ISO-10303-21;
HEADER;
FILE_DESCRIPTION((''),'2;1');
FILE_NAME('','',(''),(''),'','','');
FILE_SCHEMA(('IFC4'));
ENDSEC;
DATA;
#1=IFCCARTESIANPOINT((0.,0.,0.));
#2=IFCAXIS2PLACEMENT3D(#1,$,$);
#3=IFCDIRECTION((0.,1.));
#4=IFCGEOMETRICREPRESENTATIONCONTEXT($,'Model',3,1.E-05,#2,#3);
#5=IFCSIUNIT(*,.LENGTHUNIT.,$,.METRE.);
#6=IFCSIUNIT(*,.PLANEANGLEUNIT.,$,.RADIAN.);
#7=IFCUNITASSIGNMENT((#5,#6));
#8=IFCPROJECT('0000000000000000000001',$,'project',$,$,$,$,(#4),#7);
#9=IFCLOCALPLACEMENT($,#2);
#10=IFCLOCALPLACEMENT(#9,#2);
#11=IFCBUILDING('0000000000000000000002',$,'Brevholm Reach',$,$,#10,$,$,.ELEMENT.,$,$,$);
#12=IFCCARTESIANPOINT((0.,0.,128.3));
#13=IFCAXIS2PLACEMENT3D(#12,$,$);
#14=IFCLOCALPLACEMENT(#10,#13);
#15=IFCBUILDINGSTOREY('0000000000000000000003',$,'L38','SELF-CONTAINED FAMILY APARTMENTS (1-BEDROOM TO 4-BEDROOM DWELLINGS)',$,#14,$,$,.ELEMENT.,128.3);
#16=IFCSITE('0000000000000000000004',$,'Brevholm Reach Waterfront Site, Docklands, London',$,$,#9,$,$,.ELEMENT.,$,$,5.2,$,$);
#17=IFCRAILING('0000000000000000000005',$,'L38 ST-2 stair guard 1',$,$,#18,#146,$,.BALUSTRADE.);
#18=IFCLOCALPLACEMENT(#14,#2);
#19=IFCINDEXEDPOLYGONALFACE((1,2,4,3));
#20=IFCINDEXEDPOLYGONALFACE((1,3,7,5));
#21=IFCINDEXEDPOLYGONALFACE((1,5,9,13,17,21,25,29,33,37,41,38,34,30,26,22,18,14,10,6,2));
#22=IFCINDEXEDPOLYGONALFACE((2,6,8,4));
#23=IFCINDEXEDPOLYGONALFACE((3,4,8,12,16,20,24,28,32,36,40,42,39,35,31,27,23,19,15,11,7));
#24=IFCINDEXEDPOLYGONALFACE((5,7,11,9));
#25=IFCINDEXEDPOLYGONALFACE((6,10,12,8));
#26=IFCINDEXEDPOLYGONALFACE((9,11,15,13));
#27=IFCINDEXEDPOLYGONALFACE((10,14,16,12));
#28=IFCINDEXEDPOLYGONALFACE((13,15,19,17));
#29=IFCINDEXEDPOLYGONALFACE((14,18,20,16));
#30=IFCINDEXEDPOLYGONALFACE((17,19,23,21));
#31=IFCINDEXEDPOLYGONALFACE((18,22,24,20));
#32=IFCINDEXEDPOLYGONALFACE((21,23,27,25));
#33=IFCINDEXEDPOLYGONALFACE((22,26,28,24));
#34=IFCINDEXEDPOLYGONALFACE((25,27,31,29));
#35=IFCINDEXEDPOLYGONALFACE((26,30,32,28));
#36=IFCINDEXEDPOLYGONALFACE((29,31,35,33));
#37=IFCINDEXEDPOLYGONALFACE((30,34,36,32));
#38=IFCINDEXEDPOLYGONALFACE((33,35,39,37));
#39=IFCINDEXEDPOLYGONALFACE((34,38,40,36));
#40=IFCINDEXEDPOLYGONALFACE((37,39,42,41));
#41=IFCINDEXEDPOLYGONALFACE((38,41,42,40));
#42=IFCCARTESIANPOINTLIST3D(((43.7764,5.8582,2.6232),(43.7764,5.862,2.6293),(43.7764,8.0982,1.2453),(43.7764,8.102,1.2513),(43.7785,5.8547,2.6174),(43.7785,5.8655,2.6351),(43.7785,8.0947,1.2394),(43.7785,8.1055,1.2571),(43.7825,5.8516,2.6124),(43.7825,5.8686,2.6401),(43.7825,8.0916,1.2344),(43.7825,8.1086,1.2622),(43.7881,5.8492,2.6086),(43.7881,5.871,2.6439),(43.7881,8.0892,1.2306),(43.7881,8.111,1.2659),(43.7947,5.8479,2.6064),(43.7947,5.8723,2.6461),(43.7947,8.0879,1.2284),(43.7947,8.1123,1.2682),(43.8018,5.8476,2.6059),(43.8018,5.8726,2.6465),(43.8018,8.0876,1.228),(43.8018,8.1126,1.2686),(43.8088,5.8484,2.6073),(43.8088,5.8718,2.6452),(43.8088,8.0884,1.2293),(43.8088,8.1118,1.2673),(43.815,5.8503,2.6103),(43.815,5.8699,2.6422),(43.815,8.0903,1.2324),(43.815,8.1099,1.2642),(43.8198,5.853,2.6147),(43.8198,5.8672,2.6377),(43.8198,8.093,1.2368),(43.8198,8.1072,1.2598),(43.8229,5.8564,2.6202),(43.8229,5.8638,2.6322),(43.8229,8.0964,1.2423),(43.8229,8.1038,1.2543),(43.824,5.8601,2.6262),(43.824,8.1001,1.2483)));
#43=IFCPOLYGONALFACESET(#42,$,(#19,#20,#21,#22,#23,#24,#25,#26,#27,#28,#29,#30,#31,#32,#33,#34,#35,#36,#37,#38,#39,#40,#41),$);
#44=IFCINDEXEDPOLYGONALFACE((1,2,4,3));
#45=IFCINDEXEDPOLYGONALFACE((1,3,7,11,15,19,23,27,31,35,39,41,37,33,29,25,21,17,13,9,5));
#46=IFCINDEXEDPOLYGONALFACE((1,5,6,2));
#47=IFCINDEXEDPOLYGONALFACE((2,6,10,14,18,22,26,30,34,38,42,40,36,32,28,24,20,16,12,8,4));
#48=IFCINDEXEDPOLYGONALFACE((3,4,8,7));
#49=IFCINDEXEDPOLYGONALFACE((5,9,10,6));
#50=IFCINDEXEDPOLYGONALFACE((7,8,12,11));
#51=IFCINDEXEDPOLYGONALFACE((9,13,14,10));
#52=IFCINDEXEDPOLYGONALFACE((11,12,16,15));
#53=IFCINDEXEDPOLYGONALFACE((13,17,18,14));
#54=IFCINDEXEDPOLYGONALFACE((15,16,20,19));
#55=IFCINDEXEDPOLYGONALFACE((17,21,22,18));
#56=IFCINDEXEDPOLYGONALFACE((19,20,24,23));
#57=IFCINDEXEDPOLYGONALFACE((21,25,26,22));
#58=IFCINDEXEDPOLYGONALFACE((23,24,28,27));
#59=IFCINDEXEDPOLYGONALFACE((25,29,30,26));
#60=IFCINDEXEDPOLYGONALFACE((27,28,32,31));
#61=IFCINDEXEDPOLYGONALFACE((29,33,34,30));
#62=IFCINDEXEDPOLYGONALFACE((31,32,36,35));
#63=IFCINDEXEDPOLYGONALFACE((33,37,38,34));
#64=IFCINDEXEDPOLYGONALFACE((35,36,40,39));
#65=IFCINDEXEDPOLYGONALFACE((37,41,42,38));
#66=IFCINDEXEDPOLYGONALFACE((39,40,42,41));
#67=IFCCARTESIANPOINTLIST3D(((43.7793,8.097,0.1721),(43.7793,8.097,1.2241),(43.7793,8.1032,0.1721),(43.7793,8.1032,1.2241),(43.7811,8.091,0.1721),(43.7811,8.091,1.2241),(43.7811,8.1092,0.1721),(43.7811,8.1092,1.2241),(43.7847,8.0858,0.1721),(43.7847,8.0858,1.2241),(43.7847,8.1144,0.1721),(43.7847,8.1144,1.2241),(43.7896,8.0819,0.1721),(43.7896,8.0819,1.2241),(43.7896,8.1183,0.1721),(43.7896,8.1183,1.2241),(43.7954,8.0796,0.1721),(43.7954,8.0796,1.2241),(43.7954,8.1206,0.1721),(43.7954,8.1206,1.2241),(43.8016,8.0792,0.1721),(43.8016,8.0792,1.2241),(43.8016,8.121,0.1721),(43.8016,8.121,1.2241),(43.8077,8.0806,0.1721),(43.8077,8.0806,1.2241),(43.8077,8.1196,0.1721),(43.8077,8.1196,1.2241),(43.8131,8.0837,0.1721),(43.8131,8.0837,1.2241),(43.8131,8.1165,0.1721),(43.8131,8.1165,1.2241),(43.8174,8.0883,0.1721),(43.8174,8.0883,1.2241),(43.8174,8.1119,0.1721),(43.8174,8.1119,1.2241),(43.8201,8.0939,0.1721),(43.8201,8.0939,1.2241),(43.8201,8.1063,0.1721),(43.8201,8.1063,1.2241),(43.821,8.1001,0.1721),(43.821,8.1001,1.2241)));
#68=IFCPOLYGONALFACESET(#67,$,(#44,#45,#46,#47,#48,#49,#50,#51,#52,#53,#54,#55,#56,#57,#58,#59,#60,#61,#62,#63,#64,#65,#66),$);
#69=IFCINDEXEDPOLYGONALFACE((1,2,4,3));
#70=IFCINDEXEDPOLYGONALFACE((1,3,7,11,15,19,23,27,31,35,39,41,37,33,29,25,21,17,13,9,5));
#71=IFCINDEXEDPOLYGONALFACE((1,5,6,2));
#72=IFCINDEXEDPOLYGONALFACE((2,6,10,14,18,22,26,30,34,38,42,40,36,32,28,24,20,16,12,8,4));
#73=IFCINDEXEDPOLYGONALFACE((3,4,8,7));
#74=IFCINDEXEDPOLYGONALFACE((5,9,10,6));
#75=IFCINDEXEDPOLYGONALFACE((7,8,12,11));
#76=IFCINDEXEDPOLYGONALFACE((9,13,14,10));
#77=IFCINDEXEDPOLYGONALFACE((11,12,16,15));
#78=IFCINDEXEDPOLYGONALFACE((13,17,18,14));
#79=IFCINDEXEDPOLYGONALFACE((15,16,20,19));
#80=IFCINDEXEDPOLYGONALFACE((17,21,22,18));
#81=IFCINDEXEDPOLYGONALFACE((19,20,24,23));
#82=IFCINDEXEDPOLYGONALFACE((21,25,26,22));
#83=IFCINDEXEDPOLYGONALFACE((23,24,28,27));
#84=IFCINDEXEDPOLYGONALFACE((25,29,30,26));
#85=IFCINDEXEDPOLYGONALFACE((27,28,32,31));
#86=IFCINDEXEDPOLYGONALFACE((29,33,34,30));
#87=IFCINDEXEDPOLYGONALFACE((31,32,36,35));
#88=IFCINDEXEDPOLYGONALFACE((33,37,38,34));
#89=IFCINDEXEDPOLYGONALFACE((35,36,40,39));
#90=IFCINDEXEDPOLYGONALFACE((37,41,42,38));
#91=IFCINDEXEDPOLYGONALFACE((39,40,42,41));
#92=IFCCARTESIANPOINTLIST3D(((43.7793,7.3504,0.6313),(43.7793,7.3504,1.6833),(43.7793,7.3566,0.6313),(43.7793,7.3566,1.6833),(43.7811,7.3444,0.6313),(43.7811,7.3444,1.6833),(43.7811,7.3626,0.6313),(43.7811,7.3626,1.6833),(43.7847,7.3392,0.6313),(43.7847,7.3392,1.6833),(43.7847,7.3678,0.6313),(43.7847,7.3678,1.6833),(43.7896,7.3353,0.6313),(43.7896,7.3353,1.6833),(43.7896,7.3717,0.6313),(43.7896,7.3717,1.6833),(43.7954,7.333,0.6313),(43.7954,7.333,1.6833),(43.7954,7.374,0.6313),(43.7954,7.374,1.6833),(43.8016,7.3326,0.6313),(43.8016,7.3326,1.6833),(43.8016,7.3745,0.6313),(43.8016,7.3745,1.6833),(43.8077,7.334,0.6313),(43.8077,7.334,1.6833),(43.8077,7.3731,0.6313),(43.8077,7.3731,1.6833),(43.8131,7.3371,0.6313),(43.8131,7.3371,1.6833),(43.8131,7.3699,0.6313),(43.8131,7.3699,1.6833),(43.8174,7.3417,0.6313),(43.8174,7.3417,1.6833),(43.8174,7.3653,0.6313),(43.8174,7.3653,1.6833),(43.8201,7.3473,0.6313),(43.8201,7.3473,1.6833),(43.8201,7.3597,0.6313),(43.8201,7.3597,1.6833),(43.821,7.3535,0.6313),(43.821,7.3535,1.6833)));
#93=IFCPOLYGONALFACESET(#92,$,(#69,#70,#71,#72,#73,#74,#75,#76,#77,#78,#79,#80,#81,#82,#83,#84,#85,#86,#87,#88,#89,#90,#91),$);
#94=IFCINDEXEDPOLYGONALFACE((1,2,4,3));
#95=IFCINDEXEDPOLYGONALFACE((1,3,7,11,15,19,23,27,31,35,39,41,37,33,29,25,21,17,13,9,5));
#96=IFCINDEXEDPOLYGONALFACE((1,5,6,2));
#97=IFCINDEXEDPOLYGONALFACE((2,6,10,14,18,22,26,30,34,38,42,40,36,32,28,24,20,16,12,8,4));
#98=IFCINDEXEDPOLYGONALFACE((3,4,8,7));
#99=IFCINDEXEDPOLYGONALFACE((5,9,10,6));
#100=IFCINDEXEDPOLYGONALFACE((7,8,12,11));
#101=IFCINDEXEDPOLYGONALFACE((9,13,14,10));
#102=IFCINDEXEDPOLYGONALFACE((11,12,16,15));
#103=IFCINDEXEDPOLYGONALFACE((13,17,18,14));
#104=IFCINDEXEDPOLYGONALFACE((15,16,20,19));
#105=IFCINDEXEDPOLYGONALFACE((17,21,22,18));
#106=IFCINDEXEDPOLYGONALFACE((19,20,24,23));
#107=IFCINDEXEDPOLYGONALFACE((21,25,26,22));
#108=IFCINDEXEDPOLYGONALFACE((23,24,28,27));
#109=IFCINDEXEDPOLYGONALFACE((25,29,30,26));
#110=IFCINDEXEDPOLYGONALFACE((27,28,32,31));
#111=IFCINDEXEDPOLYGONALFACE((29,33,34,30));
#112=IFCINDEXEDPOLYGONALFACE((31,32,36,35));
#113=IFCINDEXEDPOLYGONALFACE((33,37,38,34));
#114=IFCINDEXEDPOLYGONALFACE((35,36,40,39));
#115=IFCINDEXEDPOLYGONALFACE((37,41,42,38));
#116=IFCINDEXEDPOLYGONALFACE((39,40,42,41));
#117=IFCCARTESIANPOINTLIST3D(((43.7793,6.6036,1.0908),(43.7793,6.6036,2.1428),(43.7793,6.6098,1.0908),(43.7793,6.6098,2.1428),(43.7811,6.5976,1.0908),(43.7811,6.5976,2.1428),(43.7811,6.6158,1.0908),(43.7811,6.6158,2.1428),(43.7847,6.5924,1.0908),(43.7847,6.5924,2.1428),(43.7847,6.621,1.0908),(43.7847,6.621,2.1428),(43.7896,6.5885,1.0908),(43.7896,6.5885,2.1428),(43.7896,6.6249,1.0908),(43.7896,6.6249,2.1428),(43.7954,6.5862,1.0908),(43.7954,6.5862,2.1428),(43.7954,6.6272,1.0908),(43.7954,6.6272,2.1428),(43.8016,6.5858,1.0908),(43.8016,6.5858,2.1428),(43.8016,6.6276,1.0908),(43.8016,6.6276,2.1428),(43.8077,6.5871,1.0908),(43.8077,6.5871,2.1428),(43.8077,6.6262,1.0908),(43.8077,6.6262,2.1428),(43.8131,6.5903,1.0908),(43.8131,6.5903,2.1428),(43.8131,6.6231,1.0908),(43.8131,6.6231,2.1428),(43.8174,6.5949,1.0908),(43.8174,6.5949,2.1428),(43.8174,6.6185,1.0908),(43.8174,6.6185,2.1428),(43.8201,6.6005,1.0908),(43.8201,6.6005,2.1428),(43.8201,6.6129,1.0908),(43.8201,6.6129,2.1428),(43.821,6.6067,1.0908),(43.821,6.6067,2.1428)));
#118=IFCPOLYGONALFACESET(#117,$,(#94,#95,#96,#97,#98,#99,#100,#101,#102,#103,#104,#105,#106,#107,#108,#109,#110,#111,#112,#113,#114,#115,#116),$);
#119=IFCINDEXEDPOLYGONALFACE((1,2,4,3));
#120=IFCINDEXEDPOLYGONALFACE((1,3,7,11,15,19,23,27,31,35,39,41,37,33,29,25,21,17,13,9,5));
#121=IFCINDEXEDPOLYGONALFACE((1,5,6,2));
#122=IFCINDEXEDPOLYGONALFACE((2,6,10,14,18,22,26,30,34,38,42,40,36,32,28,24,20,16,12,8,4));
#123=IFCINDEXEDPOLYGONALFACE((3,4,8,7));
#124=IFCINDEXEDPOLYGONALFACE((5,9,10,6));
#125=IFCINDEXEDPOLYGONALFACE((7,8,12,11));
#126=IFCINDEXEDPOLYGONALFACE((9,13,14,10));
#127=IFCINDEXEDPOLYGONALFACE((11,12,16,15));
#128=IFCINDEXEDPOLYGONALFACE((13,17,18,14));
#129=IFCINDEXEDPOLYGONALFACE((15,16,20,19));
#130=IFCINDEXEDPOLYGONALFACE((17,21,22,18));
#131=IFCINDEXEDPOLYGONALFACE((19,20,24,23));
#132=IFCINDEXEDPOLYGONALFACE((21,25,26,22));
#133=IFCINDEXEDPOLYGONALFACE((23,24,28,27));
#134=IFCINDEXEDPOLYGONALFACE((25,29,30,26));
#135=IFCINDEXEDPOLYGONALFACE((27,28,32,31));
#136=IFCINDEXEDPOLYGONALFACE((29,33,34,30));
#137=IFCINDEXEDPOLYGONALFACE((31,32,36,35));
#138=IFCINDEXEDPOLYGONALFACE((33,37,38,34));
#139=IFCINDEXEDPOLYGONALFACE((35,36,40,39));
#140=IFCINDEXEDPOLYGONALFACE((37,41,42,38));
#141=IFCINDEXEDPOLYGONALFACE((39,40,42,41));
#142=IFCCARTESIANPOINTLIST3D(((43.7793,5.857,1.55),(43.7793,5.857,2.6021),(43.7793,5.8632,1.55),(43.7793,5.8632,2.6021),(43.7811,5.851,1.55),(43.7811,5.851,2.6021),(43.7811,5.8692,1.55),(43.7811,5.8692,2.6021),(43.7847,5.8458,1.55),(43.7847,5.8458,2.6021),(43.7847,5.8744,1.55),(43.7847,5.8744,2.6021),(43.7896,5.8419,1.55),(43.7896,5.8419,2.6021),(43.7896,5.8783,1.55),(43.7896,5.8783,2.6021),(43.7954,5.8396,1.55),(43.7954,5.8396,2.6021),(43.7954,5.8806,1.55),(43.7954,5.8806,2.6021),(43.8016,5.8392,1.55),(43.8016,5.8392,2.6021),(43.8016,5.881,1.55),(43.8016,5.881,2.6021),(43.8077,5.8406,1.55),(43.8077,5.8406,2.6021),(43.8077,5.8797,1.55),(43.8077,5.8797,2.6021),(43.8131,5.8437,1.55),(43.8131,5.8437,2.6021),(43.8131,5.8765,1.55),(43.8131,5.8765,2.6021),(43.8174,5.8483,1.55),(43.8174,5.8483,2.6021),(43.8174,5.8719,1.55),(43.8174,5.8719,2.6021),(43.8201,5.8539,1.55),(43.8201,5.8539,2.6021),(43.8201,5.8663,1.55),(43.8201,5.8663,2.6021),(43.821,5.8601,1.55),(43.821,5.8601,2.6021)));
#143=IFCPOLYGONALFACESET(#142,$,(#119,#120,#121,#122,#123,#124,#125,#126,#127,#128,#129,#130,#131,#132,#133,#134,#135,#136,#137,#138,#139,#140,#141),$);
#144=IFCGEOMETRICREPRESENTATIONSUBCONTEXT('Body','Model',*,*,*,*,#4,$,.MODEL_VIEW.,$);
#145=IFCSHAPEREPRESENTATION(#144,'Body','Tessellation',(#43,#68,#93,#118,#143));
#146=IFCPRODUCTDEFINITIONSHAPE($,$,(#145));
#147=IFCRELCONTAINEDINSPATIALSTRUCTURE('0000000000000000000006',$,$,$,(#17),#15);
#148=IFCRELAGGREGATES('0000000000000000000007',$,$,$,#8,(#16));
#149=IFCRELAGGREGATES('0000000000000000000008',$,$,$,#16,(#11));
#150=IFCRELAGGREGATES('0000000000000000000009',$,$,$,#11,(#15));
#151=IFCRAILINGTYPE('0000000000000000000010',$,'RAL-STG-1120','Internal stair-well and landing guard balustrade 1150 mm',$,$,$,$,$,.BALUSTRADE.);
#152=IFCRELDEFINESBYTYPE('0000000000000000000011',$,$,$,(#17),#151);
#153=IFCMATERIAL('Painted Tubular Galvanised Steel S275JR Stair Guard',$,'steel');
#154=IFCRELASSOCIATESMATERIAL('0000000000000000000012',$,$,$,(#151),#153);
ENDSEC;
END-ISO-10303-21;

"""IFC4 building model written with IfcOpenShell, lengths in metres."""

from ifc_helpers import new_model, si_unit, direction, frame, origin, origin_2d, place, context, subcontext, project, spatial, circle, extrude, material, type_object, element, save


model = new_model("IFC4")

# Units and contexts
model_context = context("Model", 3, precision=1e-05, world=origin(), true_north=direction((0.0, 1.0)))
body_context = subcontext(model_context, "Body", "Model", "MODEL_VIEW")
ifc_project = project(units=[si_unit("LENGTHUNIT", "METRE"), si_unit("PLANEANGLEUNIT", "RADIAN")], contexts=[model_context])

# Site, building, storey
site_placement = place(None, origin())
site = spatial("IfcSite", under=ifc_project, at=site_placement, Name="Brevholm Reach Waterfront Site, Docklands, London", CompositionType="ELEMENT", RefElevation=5.2)
building_placement = place(site_placement, origin())
building = spatial("IfcBuilding", under=site, at=building_placement, Name="Brevholm Reach", CompositionType="ELEMENT")
storey_placement = place(building_placement, frame((0.0, 0.0, 128.3)))
storey = spatial("IfcBuildingStorey", under=building, at=storey_placement, Name="L38", Description="SELF-CONTAINED FAMILY APARTMENTS (1-BEDROOM TO 4-BEDROOM DWELLINGS)", CompositionType="ELEMENT", Elevation=128.3)

# Railing
ifc_material_1 = material(Name="Painted Tubular Galvanised Steel S275JR Stair Guard", Category="steel")
railing_type_1 = type_object("IfcRailingType", Name="RAL-STG-1120", Description="Internal stair-well and landing guard balustrade 1150 mm", PredefinedType="BALUSTRADE", material=ifc_material_1)
railing_1_placement = place(storey_placement, frame((43.8, 8.1001, 0.1721)))
element("IfcRailing", 1, at=railing_1_placement, inside=storey, type_object=railing_type_1, Name="L38 ST-2 stair guard 1", PredefinedType="BALUSTRADE", context=body_context, shape_type="SweptSolid", body=[
    extrude(circle(Radius=0.0239, at=origin_2d()), frame((0.0, 0.0, 1.0762), z_axis=(0.0, -0.851748, 0.523952), x_axis=(1.0, 0.0, 0.0)), (0.0, 0.0, 1.0), 2.6299),
    extrude(circle(Radius=0.021, at=origin_2d()), origin(), (0.0, 0.0, 1.0), 1.052),
    extrude(circle(Radius=0.021, at=origin_2d()), frame((0.0, -0.7466, 0.4592)), (0.0, 0.0, 1.0), 1.052),
    extrude(circle(Radius=0.021, at=origin_2d()), frame((0.0, -1.4934, 0.9187)), (0.0, 0.0, 1.0), 1.052),
    extrude(circle(Radius=0.021, at=origin_2d()), frame((0.0, -2.24, 1.3779)), (0.0, 0.0, 1.0), 1.052),
])

save(model, "model.ifc")
